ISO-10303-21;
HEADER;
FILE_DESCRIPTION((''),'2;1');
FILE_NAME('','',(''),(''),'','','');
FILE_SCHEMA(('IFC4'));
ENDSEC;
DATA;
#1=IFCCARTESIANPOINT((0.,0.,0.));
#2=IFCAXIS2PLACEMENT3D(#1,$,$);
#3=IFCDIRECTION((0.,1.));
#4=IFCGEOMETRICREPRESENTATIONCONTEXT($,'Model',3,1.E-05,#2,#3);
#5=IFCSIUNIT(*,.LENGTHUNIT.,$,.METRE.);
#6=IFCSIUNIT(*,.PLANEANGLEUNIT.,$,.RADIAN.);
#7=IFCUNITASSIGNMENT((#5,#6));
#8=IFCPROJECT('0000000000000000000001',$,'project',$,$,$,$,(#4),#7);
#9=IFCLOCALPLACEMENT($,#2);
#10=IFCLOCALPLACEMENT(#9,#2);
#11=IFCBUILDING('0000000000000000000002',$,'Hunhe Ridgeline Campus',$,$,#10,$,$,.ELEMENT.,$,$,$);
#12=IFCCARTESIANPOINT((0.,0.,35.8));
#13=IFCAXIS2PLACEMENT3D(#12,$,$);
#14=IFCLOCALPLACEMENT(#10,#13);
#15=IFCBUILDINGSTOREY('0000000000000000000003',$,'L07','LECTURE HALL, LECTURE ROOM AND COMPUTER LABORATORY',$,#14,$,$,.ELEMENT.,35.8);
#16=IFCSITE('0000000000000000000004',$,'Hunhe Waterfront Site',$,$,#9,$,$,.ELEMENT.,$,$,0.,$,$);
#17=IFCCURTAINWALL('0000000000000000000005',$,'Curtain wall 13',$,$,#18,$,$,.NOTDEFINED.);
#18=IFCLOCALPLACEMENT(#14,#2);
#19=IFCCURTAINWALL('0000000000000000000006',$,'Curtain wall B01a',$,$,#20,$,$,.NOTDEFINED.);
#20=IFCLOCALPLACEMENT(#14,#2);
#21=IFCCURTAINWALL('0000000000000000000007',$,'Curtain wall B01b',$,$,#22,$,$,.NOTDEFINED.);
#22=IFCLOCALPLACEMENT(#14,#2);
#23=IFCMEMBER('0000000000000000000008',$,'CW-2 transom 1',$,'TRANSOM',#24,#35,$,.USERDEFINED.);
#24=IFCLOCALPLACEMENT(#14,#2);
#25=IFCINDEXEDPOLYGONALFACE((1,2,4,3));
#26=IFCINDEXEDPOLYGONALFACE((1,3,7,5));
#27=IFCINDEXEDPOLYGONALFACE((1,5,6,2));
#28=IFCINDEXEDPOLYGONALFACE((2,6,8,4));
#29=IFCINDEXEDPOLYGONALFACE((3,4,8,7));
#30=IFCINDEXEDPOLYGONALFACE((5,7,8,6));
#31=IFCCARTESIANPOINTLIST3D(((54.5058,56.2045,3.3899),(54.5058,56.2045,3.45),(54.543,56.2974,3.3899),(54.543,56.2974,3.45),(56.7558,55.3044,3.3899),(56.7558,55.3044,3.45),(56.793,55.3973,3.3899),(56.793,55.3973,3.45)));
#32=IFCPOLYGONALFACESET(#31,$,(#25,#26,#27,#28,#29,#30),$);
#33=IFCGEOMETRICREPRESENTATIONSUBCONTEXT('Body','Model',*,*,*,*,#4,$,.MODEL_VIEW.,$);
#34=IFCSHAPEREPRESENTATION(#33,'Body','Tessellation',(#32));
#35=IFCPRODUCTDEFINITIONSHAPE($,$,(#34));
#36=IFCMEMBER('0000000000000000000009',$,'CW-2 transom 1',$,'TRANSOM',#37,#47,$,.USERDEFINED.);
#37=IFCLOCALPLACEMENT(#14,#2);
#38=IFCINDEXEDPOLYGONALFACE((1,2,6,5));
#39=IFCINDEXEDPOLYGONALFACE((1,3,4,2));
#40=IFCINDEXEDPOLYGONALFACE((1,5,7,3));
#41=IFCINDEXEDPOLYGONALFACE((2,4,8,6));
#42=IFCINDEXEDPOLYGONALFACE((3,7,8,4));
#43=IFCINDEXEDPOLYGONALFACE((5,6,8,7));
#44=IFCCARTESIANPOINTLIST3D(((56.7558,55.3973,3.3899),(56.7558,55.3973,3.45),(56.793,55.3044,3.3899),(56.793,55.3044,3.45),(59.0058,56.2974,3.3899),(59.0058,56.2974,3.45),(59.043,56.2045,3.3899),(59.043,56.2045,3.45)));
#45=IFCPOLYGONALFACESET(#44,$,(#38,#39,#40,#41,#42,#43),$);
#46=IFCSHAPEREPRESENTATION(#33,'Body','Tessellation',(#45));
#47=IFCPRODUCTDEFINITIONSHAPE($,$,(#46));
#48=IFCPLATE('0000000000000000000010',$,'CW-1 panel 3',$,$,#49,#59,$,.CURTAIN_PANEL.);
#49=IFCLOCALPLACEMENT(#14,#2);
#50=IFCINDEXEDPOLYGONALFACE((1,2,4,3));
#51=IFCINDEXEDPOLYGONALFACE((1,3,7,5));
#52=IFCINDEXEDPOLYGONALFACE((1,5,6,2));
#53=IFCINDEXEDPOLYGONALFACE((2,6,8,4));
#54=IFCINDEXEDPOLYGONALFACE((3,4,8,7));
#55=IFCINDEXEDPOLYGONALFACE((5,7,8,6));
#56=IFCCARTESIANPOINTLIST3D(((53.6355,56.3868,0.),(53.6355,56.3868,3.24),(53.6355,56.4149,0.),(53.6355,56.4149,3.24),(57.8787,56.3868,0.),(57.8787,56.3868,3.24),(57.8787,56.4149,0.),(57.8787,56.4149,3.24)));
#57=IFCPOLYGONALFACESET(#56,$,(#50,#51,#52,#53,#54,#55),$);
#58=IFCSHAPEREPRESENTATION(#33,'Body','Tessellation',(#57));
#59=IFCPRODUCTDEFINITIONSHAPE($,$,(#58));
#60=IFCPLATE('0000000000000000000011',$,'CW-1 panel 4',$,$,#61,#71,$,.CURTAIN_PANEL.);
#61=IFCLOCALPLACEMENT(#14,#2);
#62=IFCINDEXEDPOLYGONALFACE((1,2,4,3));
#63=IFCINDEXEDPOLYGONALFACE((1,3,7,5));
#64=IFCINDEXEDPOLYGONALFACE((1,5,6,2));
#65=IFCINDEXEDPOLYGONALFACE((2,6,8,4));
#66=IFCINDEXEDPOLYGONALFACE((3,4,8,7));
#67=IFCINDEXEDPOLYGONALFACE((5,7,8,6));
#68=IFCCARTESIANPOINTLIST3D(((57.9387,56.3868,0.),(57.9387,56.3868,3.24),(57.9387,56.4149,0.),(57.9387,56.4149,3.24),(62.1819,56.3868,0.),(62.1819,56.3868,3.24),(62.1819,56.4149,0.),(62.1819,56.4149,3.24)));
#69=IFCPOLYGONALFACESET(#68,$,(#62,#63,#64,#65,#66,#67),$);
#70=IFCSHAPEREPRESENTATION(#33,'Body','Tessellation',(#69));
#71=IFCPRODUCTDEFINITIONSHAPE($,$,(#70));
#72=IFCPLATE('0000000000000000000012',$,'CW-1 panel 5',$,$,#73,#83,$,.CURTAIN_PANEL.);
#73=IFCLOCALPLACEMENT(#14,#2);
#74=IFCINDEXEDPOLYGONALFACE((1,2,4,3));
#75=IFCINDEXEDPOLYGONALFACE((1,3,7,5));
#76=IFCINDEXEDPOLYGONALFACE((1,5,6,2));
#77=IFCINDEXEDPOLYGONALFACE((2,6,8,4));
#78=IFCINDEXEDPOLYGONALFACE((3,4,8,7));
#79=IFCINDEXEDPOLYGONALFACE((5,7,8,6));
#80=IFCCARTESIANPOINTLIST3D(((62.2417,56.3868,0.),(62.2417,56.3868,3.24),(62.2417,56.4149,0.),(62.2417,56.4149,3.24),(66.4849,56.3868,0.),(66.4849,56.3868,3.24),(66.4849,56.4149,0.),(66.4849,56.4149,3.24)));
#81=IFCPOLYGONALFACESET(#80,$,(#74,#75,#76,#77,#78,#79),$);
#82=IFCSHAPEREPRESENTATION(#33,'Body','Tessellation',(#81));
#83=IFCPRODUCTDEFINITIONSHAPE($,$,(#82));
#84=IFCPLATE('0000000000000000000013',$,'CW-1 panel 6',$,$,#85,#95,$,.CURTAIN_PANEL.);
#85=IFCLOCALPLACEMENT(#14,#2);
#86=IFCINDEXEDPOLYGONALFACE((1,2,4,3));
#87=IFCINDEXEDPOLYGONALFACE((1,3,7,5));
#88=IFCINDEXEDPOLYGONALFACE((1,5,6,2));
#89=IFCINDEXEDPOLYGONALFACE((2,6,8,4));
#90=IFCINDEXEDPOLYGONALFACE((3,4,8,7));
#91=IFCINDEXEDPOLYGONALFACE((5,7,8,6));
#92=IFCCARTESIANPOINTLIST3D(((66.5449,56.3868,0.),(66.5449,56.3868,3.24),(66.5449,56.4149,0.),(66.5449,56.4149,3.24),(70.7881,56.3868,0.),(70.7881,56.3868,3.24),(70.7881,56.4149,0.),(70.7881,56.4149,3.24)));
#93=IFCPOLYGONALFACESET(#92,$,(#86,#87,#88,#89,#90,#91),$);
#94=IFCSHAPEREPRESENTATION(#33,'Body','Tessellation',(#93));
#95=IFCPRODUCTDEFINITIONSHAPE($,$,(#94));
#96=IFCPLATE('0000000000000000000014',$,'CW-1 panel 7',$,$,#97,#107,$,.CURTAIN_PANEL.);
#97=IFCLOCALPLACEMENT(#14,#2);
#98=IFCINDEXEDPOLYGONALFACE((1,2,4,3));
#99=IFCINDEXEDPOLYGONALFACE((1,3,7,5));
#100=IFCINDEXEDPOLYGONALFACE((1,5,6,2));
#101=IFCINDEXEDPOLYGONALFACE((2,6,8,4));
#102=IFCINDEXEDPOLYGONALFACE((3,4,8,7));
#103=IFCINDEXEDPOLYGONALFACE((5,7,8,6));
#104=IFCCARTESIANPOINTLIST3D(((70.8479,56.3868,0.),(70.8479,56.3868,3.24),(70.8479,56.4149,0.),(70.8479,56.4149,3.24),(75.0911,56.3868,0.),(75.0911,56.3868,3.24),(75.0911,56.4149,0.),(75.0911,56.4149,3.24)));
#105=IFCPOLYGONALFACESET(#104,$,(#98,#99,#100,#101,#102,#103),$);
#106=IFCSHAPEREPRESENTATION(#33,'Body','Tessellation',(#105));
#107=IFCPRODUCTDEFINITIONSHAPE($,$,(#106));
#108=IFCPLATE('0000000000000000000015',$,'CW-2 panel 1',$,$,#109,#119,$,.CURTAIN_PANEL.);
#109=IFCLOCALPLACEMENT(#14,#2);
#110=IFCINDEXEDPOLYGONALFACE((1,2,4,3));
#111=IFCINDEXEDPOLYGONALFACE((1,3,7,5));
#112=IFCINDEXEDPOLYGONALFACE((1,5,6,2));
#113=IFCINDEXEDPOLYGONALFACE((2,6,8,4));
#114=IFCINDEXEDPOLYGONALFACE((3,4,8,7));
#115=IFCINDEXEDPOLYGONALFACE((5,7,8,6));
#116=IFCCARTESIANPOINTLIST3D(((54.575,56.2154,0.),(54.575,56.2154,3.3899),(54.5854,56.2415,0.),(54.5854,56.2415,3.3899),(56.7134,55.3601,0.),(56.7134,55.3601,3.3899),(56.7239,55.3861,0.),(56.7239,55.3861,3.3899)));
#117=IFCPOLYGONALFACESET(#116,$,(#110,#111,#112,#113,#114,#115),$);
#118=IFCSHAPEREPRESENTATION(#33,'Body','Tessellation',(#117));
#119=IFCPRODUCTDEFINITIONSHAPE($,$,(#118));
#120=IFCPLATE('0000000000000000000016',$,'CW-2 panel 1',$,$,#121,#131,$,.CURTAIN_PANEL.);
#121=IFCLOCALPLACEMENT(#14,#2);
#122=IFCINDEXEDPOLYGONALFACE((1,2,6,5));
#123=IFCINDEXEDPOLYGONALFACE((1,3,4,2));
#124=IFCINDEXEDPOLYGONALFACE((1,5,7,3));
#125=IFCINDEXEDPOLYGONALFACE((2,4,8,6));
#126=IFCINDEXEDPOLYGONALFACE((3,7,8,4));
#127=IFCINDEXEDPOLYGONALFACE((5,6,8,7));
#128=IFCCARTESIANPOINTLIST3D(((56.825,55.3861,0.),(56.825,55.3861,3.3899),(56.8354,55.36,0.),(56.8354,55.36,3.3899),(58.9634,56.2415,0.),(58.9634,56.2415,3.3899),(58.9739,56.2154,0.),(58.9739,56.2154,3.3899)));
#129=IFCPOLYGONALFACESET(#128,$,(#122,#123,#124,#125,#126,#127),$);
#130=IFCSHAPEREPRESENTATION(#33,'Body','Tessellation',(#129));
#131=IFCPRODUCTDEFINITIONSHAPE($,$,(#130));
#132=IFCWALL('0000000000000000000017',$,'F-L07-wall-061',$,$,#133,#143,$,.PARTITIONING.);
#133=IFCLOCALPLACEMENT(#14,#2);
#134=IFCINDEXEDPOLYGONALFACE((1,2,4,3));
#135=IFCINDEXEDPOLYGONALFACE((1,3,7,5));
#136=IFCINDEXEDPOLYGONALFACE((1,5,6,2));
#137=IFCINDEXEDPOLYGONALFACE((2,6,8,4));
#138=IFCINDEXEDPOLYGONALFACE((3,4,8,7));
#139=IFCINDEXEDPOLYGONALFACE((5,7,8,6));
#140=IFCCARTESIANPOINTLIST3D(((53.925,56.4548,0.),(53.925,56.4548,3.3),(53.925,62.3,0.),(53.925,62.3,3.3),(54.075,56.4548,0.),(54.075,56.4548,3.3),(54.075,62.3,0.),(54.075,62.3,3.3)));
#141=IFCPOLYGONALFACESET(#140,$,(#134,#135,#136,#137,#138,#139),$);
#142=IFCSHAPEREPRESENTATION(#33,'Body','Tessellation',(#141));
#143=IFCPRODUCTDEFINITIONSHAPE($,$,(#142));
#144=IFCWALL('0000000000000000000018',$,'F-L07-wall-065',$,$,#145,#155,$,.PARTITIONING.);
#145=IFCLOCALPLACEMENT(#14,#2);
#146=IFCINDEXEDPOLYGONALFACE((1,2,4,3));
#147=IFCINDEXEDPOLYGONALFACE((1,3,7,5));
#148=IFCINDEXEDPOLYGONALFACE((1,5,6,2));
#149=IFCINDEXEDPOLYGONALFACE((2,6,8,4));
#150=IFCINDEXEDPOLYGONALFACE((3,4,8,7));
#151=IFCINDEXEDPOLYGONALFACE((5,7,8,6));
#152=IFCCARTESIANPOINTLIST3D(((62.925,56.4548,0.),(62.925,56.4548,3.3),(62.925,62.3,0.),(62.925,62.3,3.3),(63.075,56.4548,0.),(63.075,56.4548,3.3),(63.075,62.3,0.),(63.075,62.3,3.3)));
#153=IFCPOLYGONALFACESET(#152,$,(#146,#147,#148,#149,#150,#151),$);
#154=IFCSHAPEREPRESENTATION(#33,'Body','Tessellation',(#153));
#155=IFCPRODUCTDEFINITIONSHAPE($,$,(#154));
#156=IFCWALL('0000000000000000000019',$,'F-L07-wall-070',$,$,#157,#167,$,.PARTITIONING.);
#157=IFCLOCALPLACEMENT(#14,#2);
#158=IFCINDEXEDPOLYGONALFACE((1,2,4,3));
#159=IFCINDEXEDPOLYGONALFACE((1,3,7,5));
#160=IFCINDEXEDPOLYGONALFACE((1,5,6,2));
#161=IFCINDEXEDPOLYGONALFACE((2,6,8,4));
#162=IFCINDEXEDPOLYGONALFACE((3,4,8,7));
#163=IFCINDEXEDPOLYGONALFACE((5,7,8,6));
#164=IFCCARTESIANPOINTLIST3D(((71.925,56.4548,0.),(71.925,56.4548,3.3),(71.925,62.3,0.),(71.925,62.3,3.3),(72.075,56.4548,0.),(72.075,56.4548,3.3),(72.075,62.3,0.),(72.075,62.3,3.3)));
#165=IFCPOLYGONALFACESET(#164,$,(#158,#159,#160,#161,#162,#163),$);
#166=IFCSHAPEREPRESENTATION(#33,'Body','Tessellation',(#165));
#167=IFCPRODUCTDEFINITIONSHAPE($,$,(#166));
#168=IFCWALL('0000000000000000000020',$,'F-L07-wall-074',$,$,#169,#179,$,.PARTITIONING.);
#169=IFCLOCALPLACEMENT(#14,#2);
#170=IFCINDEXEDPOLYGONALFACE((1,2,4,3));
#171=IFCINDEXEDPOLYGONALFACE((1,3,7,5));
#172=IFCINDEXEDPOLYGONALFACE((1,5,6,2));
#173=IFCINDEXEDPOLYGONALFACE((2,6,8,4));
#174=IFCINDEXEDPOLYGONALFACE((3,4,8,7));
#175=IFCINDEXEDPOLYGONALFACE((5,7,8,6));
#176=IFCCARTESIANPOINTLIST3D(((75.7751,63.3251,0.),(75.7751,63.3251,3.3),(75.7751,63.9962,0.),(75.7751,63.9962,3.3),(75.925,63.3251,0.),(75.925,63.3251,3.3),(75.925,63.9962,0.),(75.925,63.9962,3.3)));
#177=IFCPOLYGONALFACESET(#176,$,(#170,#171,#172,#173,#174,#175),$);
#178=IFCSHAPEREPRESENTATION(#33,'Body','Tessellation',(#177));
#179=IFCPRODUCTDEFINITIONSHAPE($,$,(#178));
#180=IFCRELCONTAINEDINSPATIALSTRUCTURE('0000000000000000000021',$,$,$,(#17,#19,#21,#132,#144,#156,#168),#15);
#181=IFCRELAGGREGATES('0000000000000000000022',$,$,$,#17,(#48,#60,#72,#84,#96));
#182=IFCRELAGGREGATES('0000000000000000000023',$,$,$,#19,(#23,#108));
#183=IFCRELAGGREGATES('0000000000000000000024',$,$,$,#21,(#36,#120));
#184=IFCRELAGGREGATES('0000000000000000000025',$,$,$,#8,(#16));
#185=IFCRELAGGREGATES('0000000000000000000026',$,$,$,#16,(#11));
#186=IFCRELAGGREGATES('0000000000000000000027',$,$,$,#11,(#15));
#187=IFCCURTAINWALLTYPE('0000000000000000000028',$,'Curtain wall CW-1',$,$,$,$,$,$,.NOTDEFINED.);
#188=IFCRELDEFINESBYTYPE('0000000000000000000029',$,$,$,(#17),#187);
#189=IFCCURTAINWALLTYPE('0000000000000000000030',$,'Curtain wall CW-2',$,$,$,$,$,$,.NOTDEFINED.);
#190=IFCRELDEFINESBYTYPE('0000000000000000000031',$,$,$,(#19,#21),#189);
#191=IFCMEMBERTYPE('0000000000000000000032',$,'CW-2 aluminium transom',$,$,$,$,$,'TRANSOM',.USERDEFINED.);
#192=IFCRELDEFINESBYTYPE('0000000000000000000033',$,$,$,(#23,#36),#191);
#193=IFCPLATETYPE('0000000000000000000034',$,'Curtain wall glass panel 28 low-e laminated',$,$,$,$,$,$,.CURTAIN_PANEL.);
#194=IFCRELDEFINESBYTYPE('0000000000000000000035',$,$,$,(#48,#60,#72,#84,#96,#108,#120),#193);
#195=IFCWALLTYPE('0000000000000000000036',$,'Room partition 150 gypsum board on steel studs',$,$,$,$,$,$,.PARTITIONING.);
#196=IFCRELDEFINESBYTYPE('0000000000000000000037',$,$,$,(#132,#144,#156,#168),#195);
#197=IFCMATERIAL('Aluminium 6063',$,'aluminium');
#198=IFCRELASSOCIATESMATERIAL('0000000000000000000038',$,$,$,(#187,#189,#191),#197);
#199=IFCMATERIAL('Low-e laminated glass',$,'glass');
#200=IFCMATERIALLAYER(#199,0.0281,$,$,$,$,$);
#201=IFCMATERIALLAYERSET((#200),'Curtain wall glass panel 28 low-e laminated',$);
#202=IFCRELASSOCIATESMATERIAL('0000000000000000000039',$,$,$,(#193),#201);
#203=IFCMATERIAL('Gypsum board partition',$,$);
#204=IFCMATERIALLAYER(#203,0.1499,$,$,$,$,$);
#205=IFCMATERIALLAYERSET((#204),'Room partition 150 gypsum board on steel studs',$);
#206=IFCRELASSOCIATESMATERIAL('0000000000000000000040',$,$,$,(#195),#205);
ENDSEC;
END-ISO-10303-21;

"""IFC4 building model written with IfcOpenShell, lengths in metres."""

from ifc_helpers import new_model, si_unit, direction, frame, frame_2d, origin, origin_2d, place, context, subcontext, project, spatial, rectangle, extrude, material, layer, layer_set, material_profile, profile_set, type_object, element, aggregate, save


model = new_model("IFC4")

# Units and contexts
model_context = context("Model", 3, precision=1e-05, world=origin(), true_north=direction((0.0, 1.0)))
body_context = subcontext(model_context, "Body", "Model", "MODEL_VIEW")
ifc_project = project(units=[si_unit("LENGTHUNIT", "METRE"), si_unit("PLANEANGLEUNIT", "RADIAN")], contexts=[model_context])

# Site, building, storey
site_placement = place(None, origin())
site = spatial("IfcSite", under=ifc_project, at=site_placement, Name="Hunhe Waterfront Site", CompositionType="ELEMENT", RefElevation=0.0)
building_placement = place(site_placement, origin())
building = spatial("IfcBuilding", under=site, at=building_placement, Name="Hunhe Ridgeline Campus", CompositionType="ELEMENT")
storey_placement = place(building_placement, frame((0.0, 0.0, 35.8)))
storey = spatial("IfcBuildingStorey", under=building, at=storey_placement, Name="L07", Description="LECTURE HALL, LECTURE ROOM AND COMPUTER LABORATORY", CompositionType="ELEMENT", Elevation=35.8)

# Curtain walls
ifc_material_1 = material(Name="Aluminium 6063", Category="aluminium")
curtain_wall_type_1 = type_object("IfcCurtainWallType", Name="Curtain wall CW-1", PredefinedType="NOTDEFINED", material=ifc_material_1)
curtain_wall_1_placement = place(storey_placement, origin())
curtain_wall_1 = element("IfcCurtainWall", 1, at=curtain_wall_1_placement, inside=storey, type_object=curtain_wall_type_1, Name="Curtain wall 13", PredefinedType="NOTDEFINED")
curtain_wall_type_2 = type_object("IfcCurtainWallType", Name="Curtain wall CW-2", PredefinedType="NOTDEFINED", material=ifc_material_1)
curtain_wall_2_placement = place(storey_placement, origin())
curtain_wall_2 = element("IfcCurtainWall", 2, at=curtain_wall_2_placement, inside=storey, type_object=curtain_wall_type_2, Name="Curtain wall B01a", PredefinedType="NOTDEFINED")
curtain_wall_3_placement = place(storey_placement, origin())
curtain_wall_3 = element("IfcCurtainWall", 3, at=curtain_wall_3_placement, inside=storey, type_object=curtain_wall_type_2, Name="Curtain wall B01b", PredefinedType="NOTDEFINED")

# Members
ifc_material_profile_1 = material_profile(ifc_material_1, rectangle(XDim=0.1001, YDim=0.0601, at=origin_2d()))
ifc_profile_set_1 = profile_set([ifc_material_profile_1], Name="Aluminium 6063")
member_type_1 = type_object("IfcMemberType", Name="CW-2 aluminium transom", ElementType="TRANSOM", PredefinedType="USERDEFINED", material=ifc_profile_set_1)
member_1_placement = place(storey_placement, frame((54.5244, 56.251, 3.4199), z_axis=(0.928456, -0.371443, 0.0), x_axis=(0.371443, 0.928456, 0.0)))
member_1 = element("IfcMember", 4, at=member_1_placement, type_object=member_type_1, Name="CW-2 transom 1", ObjectType="TRANSOM", PredefinedType="USERDEFINED", context=body_context, shape_type="SweptSolid", body=[
    extrude(rectangle(XDim=0.1001, YDim=0.0601, at=origin_2d()), origin(), (0.0, 0.0, 1.0), 2.4233),
])
member_2_placement = place(storey_placement, frame((56.7744, 55.3508, 3.4199), z_axis=(0.928456, 0.371443, 0.0), x_axis=(-0.371443, 0.928456, 0.0)))
member_2 = element("IfcMember", 5, at=member_2_placement, type_object=member_type_1, Name="CW-2 transom 1", ObjectType="TRANSOM", PredefinedType="USERDEFINED", context=body_context, shape_type="SweptSolid", body=[
    extrude(rectangle(XDim=0.1001, YDim=0.0601, at=origin_2d()), origin(), (0.0, 0.0, 1.0), 2.4233),
])

# Plates
ifc_material_2 = material(Name="Low-e laminated glass", Category="glass")
ifc_layer_1 = layer(ifc_material_2, 0.0281)
ifc_layer_set_1 = layer_set([ifc_layer_1], Name="Curtain wall glass panel 28 low-e laminated")
plate_type = type_object("IfcPlateType", Name="Curtain wall glass panel 28 low-e laminated", PredefinedType="CURTAIN_PANEL", material=ifc_layer_set_1)
plate_1_placement = place(storey_placement, frame((55.7571, 56.4009, 0.0), z_axis=(0.0, 0.0, 1.0), x_axis=(1.0, 0.000004, 0.0)))
plate_1 = element("IfcPlate", 6, at=plate_1_placement, type_object=plate_type, Name="CW-1 panel 3", PredefinedType="CURTAIN_PANEL", context=body_context, shape_type="SweptSolid", body=[
    extrude(rectangle(XDim=4.2432, YDim=0.0281, at=origin_2d()), origin(), (0.0, 0.0, 1.0), 3.24),
])
plate_2_placement = place(storey_placement, frame((60.0603, 56.4009, 0.0), z_axis=(0.0, 0.0, 1.0), x_axis=(1.0, 0.000004, 0.0)))
plate_2 = element("IfcPlate", 7, at=plate_2_placement, type_object=plate_type, Name="CW-1 panel 4", PredefinedType="CURTAIN_PANEL", context=body_context, shape_type="SweptSolid", body=[
    extrude(rectangle(XDim=4.2432, YDim=0.0281, at=origin_2d()), origin(), (0.0, 0.0, 1.0), 3.24),
])
plate_3_placement = place(storey_placement, frame((64.3633, 56.4009, 0.0), z_axis=(0.0, 0.0, 1.0), x_axis=(1.0, 0.000004, 0.0)))
plate_3 = element("IfcPlate", 8, at=plate_3_placement, type_object=plate_type, Name="CW-1 panel 5", PredefinedType="CURTAIN_PANEL", context=body_context, shape_type="SweptSolid", body=[
    extrude(rectangle(XDim=4.2432, YDim=0.0281, at=origin_2d()), origin(), (0.0, 0.0, 1.0), 3.24),
])
plate_4_placement = place(storey_placement, frame((68.6665, 56.4009, 0.0), z_axis=(0.0, 0.0, 1.0), x_axis=(1.0, 0.000004, 0.0)))
plate_4 = element("IfcPlate", 9, at=plate_4_placement, type_object=plate_type, Name="CW-1 panel 6", PredefinedType="CURTAIN_PANEL", context=body_context, shape_type="SweptSolid", body=[
    extrude(rectangle(XDim=4.2432, YDim=0.0281, at=origin_2d()), origin(), (0.0, 0.0, 1.0), 3.24),
])
plate_5_placement = place(storey_placement, frame((72.9695, 56.4009, 0.0), z_axis=(0.0, 0.0, 1.0), x_axis=(1.0, 0.000004, 0.0)))
plate_5 = element("IfcPlate", 10, at=plate_5_placement, type_object=plate_type, Name="CW-1 panel 7", PredefinedType="CURTAIN_PANEL", context=body_context, shape_type="SweptSolid", body=[
    extrude(rectangle(XDim=4.2432, YDim=0.0281, at=origin_2d()), origin(), (0.0, 0.0, 1.0), 3.24),
])
aggregate(curtain_wall_1, [plate_1, plate_2, plate_3, plate_4, plate_5])
plate_6_placement = place(storey_placement, frame((55.6494, 55.8008, 0.0), z_axis=(0.0, 0.0, 1.0), x_axis=(0.928478, -0.371387, 0.0)))
plate_6 = element("IfcPlate", 11, at=plate_6_placement, type_object=plate_type, Name="CW-2 panel 1", PredefinedType="CURTAIN_PANEL", context=body_context, shape_type="SweptSolid", body=[
    extrude(rectangle(XDim=2.3032, YDim=0.0281, at=origin_2d()), origin(), (0.0, 0.0, 1.0), 3.3899),
])
aggregate(curtain_wall_2, [member_1, plate_6])
plate_7_placement = place(storey_placement, frame((57.8994, 55.8008, 0.0), z_axis=(0.0, 0.0, 1.0), x_axis=(0.928475, 0.371394, 0.0)))
plate_7 = element("IfcPlate", 12, at=plate_7_placement, type_object=plate_type, Name="CW-2 panel 1", PredefinedType="CURTAIN_PANEL", context=body_context, shape_type="SweptSolid", body=[
    extrude(rectangle(XDim=2.3032, YDim=0.0281, at=origin_2d()), origin(), (0.0, 0.0, 1.0), 3.3899),
])
aggregate(curtain_wall_3, [member_2, plate_7])

# Walls
ifc_material_3 = material(Name="Gypsum board partition")
ifc_layer_2 = layer(ifc_material_3, 0.1499)
ifc_layer_set_2 = layer_set([ifc_layer_2], Name="Room partition 150 gypsum board on steel studs")
wall_type = type_object("IfcWallType", Name="Room partition 150 gypsum board on steel studs", PredefinedType="PARTITIONING", material=ifc_layer_set_2)
for number, where, z_axis, x_axis, name in (
    (13, (54.0, 62.3, 0.0), (0.0, 0.0, 1.0), (0.0, -1.0, 0.0), "F-L07-wall-061"),
    (14, (63.0, 62.3, 0.0), (0.0, 0.0, 1.0), (0.0, -1.0, 0.0), "F-L07-wall-065"),
    (15, (72.0, 62.3, 0.0), (0.0, 0.0, 1.0), (0.0, -1.0, 0.0), "F-L07-wall-070"),
):
    element("IfcWall", number, at=place(storey_placement, frame(where, z_axis=z_axis, x_axis=x_axis)), inside=storey, type_object=wall_type, Name=name, PredefinedType="PARTITIONING", context=body_context, shape_type="SweptSolid", body=[
        extrude(rectangle(XDim=5.8452, YDim=0.1499, at=frame_2d((2.9226, 0.0))), origin(), (0.0, 0.0, 1.0), 3.3),
    ])
wall_placement = place(storey_placement, frame((75.8501, 63.9961, 0.0), z_axis=(0.0, 0.0, 1.0), x_axis=(0.0, -1.0, 0.0)))
element("IfcWall", 16, at=wall_placement, inside=storey, type_object=wall_type, Name="F-L07-wall-074", PredefinedType="PARTITIONING", context=body_context, shape_type="SweptSolid", body=[
    extrude(rectangle(XDim=0.6711, YDim=0.1499, at=frame_2d((0.3354, 0.0))), origin(), (0.0, 0.0, 1.0), 3.3),
])

save(model, "model.ifc")
